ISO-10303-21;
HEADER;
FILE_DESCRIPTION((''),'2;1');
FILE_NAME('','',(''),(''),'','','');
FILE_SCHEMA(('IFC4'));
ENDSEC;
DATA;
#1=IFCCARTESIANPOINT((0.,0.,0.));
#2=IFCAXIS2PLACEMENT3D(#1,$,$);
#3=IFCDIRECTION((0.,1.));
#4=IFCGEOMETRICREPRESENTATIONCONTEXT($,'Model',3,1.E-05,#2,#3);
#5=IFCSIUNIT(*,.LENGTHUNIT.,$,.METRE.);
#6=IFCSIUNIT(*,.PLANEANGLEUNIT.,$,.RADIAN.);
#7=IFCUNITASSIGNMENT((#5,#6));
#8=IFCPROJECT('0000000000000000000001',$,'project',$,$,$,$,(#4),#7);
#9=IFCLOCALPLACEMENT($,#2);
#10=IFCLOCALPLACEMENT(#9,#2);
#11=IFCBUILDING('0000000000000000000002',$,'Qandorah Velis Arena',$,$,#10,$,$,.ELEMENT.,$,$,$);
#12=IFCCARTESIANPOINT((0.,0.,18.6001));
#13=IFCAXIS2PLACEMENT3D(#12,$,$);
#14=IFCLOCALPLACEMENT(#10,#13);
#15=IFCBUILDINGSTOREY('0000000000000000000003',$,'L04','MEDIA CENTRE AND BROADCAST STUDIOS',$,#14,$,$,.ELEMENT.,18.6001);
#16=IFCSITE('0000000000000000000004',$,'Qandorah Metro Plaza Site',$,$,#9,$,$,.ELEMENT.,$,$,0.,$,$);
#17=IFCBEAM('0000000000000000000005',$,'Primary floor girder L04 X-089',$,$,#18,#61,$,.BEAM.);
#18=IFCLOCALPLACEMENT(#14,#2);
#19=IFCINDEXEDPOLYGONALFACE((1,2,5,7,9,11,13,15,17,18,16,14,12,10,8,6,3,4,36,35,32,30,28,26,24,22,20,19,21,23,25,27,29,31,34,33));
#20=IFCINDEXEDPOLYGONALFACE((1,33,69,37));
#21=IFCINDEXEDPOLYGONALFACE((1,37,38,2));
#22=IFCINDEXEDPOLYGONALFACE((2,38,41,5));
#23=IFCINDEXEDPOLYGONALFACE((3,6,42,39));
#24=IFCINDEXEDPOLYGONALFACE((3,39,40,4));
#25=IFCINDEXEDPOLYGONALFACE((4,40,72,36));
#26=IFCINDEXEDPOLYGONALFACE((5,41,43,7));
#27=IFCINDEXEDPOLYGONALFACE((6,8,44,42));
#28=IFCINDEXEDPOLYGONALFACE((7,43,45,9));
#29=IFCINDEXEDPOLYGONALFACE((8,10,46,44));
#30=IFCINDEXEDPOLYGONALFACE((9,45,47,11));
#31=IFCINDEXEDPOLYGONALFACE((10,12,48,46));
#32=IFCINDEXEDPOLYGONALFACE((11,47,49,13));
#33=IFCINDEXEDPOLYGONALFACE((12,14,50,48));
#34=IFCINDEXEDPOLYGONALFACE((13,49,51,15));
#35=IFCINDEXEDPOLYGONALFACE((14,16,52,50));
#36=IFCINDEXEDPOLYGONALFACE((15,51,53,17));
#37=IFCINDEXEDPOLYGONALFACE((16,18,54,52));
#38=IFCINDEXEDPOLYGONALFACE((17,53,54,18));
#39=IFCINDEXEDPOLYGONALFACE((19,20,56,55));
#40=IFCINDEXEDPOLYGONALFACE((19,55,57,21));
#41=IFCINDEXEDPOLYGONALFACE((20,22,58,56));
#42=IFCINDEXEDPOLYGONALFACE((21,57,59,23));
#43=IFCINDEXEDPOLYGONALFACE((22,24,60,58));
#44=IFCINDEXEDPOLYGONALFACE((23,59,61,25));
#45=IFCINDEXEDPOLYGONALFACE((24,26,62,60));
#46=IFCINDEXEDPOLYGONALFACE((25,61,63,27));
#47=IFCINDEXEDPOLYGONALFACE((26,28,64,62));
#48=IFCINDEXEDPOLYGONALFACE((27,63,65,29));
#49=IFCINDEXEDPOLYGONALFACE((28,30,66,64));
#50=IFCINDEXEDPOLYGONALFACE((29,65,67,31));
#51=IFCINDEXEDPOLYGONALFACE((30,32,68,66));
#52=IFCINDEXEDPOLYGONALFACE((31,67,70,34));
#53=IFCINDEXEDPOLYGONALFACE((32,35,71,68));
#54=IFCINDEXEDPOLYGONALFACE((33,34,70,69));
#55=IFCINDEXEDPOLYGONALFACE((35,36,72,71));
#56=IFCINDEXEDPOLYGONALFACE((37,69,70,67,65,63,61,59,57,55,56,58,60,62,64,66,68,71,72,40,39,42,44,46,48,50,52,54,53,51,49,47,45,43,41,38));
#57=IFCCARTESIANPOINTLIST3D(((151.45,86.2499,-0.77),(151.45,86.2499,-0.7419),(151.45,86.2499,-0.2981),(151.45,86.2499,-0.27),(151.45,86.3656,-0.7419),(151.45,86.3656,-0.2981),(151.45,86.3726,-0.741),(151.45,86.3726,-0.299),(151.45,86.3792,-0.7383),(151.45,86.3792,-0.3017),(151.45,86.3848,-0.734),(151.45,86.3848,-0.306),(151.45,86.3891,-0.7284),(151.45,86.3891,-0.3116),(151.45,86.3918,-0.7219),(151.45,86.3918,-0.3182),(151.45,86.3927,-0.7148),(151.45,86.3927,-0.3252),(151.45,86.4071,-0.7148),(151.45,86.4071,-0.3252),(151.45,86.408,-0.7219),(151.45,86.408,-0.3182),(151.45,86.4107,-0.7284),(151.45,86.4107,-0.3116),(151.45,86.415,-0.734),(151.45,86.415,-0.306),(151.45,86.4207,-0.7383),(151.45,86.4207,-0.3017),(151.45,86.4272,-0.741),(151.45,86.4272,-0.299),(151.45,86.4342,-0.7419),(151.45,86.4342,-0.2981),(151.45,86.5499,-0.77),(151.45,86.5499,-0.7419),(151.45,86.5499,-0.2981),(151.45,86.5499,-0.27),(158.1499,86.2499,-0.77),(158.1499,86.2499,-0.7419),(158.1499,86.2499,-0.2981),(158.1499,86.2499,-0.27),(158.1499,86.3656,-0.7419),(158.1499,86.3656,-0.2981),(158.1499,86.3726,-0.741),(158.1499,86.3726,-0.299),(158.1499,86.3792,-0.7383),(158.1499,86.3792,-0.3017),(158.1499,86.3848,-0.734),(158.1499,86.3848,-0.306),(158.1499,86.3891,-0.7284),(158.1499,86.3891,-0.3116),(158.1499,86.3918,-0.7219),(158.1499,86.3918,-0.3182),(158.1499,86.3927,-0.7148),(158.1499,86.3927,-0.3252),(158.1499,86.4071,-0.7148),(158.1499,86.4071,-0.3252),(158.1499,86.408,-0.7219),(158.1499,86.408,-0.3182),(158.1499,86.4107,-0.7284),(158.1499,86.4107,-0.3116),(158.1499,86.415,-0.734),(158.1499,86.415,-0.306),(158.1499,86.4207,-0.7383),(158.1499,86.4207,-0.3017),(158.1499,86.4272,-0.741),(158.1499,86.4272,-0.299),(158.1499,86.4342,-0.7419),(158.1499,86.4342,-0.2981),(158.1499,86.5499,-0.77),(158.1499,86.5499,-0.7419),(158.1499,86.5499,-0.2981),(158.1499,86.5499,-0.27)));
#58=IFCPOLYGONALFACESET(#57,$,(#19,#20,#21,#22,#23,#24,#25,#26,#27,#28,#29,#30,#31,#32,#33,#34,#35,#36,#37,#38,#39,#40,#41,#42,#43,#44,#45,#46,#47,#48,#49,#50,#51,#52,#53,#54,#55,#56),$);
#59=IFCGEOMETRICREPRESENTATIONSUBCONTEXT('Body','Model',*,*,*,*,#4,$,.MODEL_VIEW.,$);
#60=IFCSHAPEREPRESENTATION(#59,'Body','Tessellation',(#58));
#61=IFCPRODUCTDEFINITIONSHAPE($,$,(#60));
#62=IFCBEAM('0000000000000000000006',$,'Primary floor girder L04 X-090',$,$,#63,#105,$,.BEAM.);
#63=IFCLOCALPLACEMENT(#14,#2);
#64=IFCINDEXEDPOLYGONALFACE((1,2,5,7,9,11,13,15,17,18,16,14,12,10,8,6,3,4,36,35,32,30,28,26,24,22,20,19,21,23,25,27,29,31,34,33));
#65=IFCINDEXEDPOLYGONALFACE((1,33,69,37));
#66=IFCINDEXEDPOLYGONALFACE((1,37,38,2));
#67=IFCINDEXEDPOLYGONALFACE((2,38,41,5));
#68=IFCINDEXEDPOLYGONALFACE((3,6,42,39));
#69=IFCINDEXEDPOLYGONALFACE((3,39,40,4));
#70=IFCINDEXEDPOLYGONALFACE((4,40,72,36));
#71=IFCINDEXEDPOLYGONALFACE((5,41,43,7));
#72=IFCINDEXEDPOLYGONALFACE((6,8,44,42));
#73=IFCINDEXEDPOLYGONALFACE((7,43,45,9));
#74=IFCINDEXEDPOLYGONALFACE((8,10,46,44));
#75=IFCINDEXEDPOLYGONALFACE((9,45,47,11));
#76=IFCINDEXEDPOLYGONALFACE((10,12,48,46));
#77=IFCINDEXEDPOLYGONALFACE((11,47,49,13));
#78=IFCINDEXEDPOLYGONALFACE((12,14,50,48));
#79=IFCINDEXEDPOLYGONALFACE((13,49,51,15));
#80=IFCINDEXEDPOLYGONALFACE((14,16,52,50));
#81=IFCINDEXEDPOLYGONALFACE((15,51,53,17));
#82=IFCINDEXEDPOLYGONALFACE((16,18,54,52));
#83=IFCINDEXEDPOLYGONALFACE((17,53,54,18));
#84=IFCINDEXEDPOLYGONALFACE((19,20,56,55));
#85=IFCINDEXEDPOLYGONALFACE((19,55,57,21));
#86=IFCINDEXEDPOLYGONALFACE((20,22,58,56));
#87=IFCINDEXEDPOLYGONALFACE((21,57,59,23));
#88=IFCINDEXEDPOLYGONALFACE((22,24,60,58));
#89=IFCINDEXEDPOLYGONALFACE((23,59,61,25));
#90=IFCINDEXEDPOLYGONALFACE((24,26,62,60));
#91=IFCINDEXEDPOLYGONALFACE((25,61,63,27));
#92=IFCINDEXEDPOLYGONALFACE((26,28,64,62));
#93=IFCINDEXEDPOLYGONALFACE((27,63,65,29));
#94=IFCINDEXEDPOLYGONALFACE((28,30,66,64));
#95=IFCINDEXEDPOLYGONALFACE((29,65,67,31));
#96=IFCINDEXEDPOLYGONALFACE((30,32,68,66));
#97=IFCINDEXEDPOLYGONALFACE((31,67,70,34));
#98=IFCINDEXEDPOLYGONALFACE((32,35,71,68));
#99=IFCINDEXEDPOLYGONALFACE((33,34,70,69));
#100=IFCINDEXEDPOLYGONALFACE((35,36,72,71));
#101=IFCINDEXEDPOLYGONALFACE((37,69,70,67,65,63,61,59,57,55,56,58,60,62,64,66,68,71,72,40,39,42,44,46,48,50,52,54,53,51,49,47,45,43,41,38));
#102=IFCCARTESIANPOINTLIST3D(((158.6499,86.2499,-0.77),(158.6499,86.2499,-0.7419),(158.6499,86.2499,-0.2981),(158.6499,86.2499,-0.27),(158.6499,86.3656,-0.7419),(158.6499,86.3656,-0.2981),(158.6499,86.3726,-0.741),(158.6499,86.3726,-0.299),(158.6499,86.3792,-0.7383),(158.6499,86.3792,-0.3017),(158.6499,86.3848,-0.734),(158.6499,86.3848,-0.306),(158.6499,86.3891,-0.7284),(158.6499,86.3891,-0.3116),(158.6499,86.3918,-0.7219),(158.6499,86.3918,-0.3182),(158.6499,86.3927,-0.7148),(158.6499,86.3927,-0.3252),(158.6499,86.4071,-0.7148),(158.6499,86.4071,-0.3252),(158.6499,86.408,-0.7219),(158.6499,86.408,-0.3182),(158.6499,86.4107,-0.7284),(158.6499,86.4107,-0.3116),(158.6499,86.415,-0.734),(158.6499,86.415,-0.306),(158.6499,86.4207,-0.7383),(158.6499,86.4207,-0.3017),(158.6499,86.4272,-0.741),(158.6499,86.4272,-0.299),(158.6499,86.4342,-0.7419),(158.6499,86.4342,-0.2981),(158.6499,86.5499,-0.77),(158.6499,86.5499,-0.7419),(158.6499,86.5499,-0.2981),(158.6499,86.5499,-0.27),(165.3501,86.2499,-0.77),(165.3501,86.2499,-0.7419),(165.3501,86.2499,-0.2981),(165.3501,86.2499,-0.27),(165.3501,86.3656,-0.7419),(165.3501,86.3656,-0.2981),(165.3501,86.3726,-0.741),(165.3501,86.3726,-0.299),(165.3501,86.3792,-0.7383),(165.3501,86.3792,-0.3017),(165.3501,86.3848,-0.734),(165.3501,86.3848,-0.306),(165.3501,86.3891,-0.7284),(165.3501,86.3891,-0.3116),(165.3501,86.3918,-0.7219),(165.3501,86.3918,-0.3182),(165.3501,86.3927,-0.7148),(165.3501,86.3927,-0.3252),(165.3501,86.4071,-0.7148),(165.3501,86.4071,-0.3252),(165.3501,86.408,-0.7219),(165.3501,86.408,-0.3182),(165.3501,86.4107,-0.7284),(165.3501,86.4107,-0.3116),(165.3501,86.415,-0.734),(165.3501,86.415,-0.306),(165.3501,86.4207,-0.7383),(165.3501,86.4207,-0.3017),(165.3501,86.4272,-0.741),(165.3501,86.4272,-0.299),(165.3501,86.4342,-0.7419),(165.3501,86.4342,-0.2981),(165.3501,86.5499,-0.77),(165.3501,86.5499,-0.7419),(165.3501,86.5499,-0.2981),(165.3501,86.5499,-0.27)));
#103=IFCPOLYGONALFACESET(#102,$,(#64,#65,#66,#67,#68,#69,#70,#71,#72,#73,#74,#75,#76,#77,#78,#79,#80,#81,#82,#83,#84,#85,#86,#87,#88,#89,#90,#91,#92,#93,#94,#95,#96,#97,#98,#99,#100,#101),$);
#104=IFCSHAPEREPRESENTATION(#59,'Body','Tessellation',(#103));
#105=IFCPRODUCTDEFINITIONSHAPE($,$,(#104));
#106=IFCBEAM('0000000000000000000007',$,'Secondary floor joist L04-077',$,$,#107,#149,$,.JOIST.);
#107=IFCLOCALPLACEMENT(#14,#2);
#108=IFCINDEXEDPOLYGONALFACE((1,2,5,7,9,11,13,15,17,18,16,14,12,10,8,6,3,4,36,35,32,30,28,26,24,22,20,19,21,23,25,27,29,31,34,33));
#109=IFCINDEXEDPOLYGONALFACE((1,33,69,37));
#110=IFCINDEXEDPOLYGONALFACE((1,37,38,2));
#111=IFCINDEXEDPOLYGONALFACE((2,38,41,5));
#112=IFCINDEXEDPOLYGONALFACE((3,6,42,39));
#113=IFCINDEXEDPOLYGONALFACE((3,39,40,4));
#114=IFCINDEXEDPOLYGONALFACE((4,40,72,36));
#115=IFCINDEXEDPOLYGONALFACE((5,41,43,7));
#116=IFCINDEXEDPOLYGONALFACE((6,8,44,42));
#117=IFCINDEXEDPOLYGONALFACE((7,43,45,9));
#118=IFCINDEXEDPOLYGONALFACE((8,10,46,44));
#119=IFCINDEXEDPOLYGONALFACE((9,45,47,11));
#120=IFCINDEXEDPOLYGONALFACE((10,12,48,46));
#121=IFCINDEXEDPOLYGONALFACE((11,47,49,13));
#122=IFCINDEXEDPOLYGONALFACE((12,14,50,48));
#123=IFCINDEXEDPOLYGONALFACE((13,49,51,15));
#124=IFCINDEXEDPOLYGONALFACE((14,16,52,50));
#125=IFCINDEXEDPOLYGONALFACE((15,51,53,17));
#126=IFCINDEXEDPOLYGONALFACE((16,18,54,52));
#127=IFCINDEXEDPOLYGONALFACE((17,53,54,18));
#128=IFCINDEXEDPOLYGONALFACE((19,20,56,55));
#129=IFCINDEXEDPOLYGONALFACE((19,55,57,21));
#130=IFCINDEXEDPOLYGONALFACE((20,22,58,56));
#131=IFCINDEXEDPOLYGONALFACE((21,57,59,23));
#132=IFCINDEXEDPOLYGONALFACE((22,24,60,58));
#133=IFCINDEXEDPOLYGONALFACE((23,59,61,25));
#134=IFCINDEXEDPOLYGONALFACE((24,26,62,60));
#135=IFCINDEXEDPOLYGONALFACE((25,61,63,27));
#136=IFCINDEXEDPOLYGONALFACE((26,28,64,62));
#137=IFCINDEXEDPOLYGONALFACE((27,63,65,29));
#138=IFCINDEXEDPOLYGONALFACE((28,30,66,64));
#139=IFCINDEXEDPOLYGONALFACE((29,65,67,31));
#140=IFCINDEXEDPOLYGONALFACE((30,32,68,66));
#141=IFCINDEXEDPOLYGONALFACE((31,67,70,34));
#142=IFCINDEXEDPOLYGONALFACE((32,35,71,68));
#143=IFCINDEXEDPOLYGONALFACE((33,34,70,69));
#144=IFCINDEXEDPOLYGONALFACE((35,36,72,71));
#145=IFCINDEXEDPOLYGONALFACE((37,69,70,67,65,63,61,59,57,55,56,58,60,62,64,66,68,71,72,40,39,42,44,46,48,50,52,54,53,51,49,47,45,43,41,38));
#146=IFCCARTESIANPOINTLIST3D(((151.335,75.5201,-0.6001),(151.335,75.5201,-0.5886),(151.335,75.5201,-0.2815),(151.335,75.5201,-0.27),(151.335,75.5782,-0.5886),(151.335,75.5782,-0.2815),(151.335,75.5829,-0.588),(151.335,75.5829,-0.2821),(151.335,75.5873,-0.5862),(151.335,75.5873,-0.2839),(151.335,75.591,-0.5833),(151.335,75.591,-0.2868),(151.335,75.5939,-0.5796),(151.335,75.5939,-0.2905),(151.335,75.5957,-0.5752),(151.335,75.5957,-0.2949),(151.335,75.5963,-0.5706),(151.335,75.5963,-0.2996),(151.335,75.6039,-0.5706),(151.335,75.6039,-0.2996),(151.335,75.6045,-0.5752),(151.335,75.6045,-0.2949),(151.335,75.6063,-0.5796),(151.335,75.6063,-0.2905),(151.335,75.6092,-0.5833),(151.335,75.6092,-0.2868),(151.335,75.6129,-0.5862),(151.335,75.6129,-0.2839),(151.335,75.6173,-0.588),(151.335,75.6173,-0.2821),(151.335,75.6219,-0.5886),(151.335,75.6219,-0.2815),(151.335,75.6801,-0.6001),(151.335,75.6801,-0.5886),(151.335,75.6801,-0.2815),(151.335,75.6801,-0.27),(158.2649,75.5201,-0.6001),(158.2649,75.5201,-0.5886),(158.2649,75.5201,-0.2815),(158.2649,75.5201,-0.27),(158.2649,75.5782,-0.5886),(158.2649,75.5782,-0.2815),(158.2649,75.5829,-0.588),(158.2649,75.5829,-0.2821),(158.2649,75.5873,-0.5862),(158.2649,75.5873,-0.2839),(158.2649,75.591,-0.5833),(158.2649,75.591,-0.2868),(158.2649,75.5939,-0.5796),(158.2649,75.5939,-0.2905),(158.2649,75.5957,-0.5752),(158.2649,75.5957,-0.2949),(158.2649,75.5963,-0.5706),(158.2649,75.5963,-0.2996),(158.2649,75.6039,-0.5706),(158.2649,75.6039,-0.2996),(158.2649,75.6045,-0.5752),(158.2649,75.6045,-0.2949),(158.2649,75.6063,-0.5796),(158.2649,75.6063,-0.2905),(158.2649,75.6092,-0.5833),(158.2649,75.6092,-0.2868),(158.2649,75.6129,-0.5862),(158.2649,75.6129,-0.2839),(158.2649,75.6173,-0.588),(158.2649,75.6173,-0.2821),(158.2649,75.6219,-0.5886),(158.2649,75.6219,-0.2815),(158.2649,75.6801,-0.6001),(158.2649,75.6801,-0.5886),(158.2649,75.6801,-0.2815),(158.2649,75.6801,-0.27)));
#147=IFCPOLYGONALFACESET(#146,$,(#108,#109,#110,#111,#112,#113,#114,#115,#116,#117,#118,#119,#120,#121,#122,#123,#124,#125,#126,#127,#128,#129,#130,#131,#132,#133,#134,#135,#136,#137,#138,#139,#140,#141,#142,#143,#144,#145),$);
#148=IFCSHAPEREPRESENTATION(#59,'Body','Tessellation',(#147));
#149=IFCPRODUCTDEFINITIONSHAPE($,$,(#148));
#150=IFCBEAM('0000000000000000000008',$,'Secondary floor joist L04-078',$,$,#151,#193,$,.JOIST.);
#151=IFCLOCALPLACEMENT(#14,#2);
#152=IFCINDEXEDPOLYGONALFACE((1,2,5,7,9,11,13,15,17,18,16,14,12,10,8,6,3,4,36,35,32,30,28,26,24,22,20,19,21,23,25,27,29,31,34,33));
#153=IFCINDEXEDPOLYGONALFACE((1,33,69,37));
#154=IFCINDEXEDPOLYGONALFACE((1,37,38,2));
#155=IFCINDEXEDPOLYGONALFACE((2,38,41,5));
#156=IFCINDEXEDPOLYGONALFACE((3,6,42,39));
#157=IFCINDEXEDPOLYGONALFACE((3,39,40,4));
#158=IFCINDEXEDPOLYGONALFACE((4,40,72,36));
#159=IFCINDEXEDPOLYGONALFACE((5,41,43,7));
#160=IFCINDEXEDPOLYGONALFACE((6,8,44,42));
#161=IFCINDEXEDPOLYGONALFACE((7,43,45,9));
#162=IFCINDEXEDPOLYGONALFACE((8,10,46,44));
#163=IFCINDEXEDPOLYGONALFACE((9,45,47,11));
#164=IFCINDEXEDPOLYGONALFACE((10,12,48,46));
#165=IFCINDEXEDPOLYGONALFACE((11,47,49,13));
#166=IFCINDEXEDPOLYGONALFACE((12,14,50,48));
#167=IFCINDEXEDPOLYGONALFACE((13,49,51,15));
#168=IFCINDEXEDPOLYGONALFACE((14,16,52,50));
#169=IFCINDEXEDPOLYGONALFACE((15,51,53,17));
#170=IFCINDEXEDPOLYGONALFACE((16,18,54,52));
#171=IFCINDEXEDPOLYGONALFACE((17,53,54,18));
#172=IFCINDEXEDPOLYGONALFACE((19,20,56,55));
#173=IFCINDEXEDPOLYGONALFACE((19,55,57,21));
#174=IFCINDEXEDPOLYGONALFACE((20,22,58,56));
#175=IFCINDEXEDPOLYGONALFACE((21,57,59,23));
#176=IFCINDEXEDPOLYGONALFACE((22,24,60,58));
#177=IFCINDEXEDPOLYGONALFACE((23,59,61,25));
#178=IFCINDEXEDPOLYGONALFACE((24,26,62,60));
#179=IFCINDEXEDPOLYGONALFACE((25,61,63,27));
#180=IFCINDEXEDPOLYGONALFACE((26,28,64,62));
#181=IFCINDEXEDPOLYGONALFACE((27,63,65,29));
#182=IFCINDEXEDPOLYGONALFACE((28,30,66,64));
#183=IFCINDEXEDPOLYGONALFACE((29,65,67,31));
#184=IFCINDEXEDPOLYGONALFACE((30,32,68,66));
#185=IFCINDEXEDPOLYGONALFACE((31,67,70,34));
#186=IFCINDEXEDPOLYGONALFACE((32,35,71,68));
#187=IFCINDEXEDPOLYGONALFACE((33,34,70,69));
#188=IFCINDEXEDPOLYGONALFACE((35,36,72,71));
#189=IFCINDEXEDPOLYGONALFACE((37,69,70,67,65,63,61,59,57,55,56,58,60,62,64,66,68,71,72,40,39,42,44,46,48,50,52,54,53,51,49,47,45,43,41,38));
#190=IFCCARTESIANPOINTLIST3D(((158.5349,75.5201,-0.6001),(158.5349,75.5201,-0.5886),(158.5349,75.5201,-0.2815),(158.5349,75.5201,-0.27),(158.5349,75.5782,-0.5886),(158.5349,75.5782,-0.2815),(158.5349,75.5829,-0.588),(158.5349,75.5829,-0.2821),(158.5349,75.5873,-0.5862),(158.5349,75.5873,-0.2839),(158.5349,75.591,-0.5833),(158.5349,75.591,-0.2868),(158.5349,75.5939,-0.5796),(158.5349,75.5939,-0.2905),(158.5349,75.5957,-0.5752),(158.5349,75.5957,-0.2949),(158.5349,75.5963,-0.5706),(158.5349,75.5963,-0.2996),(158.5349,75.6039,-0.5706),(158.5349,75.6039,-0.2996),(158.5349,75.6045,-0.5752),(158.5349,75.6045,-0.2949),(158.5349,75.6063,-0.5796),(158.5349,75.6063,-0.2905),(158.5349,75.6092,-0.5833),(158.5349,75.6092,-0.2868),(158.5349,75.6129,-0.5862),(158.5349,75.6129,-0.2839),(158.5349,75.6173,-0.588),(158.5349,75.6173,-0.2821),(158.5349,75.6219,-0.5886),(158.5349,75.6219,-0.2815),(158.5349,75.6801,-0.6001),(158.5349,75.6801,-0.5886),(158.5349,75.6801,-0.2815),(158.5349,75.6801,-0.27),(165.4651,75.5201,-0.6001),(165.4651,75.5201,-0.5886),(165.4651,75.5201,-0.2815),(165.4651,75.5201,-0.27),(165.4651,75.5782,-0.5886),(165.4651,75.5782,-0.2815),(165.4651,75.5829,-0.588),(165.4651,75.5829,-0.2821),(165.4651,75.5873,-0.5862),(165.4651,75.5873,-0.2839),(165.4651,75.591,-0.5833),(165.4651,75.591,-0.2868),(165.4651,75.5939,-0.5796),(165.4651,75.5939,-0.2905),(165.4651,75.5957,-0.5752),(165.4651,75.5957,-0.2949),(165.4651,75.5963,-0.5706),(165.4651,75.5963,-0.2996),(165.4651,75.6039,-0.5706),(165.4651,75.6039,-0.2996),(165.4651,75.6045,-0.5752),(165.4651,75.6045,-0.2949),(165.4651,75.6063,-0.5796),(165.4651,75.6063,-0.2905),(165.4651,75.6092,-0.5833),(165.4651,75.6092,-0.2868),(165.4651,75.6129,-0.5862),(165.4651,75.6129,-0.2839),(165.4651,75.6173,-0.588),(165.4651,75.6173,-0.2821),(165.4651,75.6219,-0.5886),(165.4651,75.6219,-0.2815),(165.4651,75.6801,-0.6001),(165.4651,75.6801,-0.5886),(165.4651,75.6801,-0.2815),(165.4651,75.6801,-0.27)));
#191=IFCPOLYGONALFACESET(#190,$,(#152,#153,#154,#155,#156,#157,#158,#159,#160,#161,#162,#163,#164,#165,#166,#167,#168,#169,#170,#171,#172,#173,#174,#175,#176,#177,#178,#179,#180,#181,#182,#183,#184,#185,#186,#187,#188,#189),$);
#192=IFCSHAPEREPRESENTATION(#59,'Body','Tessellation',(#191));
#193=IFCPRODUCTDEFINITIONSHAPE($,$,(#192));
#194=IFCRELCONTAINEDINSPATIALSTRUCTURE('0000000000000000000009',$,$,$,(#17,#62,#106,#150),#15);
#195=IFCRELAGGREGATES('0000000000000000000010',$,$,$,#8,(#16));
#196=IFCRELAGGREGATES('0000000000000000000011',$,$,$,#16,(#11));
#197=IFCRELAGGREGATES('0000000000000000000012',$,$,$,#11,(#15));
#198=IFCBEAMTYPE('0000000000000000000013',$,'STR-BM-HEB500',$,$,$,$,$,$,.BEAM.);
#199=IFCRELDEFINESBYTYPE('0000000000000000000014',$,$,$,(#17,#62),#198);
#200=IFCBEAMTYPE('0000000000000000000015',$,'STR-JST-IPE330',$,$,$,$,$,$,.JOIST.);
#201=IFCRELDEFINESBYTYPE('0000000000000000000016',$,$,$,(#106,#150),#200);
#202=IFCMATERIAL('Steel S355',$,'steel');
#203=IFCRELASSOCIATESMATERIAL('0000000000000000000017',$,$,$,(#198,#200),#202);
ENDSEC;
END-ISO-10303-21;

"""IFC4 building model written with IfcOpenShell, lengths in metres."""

from ifc_helpers import new_model, si_unit, direction, frame, origin, origin_2d, place, context, subcontext, project, spatial, i_section, extrude, material, material_profile, profile_set, type_object, element, save


model = new_model("IFC4")

# Units and contexts
model_context = context("Model", 3, precision=1e-05, world=origin(), true_north=direction((0.0, 1.0)))
body_context = subcontext(model_context, "Body", "Model", "MODEL_VIEW")
ifc_project = project(units=[si_unit("LENGTHUNIT", "METRE"), si_unit("PLANEANGLEUNIT", "RADIAN")], contexts=[model_context])

# Site, building, storey
site_placement = place(None, origin())
site = spatial("IfcSite", under=ifc_project, at=site_placement, Name="Qandorah Metro Plaza Site", CompositionType="ELEMENT", RefElevation=0.0)
building_placement = place(site_placement, origin())
building = spatial("IfcBuilding", under=site, at=building_placement, Name="Qandorah Velis Arena", CompositionType="ELEMENT")
storey_placement = place(building_placement, frame((0.0, 0.0, 18.6001)))
storey = spatial("IfcBuildingStorey", under=building, at=storey_placement, Name="L04", Description="MEDIA CENTRE AND BROADCAST STUDIOS", CompositionType="ELEMENT", Elevation=18.6001)

# Beams
ifc_material_1 = material(Name="Steel S355", Category="steel")
ifc_material_profile_1 = material_profile(ifc_material_1, i_section(OverallWidth=0.3, OverallDepth=0.5, WebThickness=0.0144, FlangeThickness=0.0281, FilletRadius=0.0271, at=origin_2d()), Name="HEB 500")
ifc_profile_set_1 = profile_set([ifc_material_profile_1], Name="Steel S355")
beam_type_1 = type_object("IfcBeamType", Name="STR-BM-HEB500", PredefinedType="BEAM", material=ifc_profile_set_1)
beam_1_placement = place(storey_placement, frame((151.45, 86.3999, -0.52), z_axis=(1.0, 0.0, 0.0), x_axis=(0.0, 1.0, 0.0)))
element("IfcBeam", 1, at=beam_1_placement, inside=storey, type_object=beam_type_1, Name="Primary floor girder L04 X-089", PredefinedType="BEAM", context=body_context, shape_type="SweptSolid", body=[
    extrude(i_section(OverallWidth=0.3, OverallDepth=0.5, WebThickness=0.0144, FlangeThickness=0.0281, FilletRadius=0.0271, at=origin_2d()), origin(), (0.0, 0.0, 1.0), 6.7),
])
beam_2_placement = place(storey_placement, frame((158.6499, 86.3999, -0.52), z_axis=(1.0, 0.0, 0.0), x_axis=(0.0, 1.0, 0.0)))
element("IfcBeam", 2, at=beam_2_placement, inside=storey, type_object=beam_type_1, Name="Primary floor girder L04 X-090", PredefinedType="BEAM", context=body_context, shape_type="SweptSolid", body=[
    extrude(i_section(OverallWidth=0.3, OverallDepth=0.5, WebThickness=0.0144, FlangeThickness=0.0281, FilletRadius=0.0271, at=origin_2d()), origin(), (0.0, 0.0, 1.0), 6.7002),
])
ifc_material_profile_2 = material_profile(ifc_material_1, i_section(OverallWidth=0.1599, OverallDepth=0.3301, WebThickness=0.0076, FlangeThickness=0.0115, FilletRadius=0.0181, at=origin_2d()), Name="IPE 330")
ifc_profile_set_2 = profile_set([ifc_material_profile_2], Name="Steel S355")
beam_type_2 = type_object("IfcBeamType", Name="STR-JST-IPE330", PredefinedType="JOIST", material=ifc_profile_set_2)
beam_3_placement = place(storey_placement, frame((151.335, 75.6001, -0.4351), z_axis=(1.0, 0.0, 0.0), x_axis=(0.0, 1.0, 0.0)))
element("IfcBeam", 3, at=beam_3_placement, inside=storey, type_object=beam_type_2, Name="Secondary floor joist L04-077", PredefinedType="JOIST", context=body_context, shape_type="SweptSolid", body=[
    extrude(i_section(OverallWidth=0.1599, OverallDepth=0.3301, WebThickness=0.0076, FlangeThickness=0.0115, FilletRadius=0.0181, at=origin_2d()), origin(), (0.0, 0.0, 1.0), 6.9299),
])
beam_4_placement = place(storey_placement, frame((158.5349, 75.6001, -0.4351), z_axis=(1.0, 0.0, 0.0), x_axis=(0.0, 1.0, 0.0)))
element("IfcBeam", 4, at=beam_4_placement, inside=storey, type_object=beam_type_2, Name="Secondary floor joist L04-078", PredefinedType="JOIST", context=body_context, shape_type="SweptSolid", body=[
    extrude(i_section(OverallWidth=0.1599, OverallDepth=0.3301, WebThickness=0.0076, FlangeThickness=0.0115, FilletRadius=0.0181, at=origin_2d()), origin(), (0.0, 0.0, 1.0), 6.9302),
])

save(model, "model.ifc")
